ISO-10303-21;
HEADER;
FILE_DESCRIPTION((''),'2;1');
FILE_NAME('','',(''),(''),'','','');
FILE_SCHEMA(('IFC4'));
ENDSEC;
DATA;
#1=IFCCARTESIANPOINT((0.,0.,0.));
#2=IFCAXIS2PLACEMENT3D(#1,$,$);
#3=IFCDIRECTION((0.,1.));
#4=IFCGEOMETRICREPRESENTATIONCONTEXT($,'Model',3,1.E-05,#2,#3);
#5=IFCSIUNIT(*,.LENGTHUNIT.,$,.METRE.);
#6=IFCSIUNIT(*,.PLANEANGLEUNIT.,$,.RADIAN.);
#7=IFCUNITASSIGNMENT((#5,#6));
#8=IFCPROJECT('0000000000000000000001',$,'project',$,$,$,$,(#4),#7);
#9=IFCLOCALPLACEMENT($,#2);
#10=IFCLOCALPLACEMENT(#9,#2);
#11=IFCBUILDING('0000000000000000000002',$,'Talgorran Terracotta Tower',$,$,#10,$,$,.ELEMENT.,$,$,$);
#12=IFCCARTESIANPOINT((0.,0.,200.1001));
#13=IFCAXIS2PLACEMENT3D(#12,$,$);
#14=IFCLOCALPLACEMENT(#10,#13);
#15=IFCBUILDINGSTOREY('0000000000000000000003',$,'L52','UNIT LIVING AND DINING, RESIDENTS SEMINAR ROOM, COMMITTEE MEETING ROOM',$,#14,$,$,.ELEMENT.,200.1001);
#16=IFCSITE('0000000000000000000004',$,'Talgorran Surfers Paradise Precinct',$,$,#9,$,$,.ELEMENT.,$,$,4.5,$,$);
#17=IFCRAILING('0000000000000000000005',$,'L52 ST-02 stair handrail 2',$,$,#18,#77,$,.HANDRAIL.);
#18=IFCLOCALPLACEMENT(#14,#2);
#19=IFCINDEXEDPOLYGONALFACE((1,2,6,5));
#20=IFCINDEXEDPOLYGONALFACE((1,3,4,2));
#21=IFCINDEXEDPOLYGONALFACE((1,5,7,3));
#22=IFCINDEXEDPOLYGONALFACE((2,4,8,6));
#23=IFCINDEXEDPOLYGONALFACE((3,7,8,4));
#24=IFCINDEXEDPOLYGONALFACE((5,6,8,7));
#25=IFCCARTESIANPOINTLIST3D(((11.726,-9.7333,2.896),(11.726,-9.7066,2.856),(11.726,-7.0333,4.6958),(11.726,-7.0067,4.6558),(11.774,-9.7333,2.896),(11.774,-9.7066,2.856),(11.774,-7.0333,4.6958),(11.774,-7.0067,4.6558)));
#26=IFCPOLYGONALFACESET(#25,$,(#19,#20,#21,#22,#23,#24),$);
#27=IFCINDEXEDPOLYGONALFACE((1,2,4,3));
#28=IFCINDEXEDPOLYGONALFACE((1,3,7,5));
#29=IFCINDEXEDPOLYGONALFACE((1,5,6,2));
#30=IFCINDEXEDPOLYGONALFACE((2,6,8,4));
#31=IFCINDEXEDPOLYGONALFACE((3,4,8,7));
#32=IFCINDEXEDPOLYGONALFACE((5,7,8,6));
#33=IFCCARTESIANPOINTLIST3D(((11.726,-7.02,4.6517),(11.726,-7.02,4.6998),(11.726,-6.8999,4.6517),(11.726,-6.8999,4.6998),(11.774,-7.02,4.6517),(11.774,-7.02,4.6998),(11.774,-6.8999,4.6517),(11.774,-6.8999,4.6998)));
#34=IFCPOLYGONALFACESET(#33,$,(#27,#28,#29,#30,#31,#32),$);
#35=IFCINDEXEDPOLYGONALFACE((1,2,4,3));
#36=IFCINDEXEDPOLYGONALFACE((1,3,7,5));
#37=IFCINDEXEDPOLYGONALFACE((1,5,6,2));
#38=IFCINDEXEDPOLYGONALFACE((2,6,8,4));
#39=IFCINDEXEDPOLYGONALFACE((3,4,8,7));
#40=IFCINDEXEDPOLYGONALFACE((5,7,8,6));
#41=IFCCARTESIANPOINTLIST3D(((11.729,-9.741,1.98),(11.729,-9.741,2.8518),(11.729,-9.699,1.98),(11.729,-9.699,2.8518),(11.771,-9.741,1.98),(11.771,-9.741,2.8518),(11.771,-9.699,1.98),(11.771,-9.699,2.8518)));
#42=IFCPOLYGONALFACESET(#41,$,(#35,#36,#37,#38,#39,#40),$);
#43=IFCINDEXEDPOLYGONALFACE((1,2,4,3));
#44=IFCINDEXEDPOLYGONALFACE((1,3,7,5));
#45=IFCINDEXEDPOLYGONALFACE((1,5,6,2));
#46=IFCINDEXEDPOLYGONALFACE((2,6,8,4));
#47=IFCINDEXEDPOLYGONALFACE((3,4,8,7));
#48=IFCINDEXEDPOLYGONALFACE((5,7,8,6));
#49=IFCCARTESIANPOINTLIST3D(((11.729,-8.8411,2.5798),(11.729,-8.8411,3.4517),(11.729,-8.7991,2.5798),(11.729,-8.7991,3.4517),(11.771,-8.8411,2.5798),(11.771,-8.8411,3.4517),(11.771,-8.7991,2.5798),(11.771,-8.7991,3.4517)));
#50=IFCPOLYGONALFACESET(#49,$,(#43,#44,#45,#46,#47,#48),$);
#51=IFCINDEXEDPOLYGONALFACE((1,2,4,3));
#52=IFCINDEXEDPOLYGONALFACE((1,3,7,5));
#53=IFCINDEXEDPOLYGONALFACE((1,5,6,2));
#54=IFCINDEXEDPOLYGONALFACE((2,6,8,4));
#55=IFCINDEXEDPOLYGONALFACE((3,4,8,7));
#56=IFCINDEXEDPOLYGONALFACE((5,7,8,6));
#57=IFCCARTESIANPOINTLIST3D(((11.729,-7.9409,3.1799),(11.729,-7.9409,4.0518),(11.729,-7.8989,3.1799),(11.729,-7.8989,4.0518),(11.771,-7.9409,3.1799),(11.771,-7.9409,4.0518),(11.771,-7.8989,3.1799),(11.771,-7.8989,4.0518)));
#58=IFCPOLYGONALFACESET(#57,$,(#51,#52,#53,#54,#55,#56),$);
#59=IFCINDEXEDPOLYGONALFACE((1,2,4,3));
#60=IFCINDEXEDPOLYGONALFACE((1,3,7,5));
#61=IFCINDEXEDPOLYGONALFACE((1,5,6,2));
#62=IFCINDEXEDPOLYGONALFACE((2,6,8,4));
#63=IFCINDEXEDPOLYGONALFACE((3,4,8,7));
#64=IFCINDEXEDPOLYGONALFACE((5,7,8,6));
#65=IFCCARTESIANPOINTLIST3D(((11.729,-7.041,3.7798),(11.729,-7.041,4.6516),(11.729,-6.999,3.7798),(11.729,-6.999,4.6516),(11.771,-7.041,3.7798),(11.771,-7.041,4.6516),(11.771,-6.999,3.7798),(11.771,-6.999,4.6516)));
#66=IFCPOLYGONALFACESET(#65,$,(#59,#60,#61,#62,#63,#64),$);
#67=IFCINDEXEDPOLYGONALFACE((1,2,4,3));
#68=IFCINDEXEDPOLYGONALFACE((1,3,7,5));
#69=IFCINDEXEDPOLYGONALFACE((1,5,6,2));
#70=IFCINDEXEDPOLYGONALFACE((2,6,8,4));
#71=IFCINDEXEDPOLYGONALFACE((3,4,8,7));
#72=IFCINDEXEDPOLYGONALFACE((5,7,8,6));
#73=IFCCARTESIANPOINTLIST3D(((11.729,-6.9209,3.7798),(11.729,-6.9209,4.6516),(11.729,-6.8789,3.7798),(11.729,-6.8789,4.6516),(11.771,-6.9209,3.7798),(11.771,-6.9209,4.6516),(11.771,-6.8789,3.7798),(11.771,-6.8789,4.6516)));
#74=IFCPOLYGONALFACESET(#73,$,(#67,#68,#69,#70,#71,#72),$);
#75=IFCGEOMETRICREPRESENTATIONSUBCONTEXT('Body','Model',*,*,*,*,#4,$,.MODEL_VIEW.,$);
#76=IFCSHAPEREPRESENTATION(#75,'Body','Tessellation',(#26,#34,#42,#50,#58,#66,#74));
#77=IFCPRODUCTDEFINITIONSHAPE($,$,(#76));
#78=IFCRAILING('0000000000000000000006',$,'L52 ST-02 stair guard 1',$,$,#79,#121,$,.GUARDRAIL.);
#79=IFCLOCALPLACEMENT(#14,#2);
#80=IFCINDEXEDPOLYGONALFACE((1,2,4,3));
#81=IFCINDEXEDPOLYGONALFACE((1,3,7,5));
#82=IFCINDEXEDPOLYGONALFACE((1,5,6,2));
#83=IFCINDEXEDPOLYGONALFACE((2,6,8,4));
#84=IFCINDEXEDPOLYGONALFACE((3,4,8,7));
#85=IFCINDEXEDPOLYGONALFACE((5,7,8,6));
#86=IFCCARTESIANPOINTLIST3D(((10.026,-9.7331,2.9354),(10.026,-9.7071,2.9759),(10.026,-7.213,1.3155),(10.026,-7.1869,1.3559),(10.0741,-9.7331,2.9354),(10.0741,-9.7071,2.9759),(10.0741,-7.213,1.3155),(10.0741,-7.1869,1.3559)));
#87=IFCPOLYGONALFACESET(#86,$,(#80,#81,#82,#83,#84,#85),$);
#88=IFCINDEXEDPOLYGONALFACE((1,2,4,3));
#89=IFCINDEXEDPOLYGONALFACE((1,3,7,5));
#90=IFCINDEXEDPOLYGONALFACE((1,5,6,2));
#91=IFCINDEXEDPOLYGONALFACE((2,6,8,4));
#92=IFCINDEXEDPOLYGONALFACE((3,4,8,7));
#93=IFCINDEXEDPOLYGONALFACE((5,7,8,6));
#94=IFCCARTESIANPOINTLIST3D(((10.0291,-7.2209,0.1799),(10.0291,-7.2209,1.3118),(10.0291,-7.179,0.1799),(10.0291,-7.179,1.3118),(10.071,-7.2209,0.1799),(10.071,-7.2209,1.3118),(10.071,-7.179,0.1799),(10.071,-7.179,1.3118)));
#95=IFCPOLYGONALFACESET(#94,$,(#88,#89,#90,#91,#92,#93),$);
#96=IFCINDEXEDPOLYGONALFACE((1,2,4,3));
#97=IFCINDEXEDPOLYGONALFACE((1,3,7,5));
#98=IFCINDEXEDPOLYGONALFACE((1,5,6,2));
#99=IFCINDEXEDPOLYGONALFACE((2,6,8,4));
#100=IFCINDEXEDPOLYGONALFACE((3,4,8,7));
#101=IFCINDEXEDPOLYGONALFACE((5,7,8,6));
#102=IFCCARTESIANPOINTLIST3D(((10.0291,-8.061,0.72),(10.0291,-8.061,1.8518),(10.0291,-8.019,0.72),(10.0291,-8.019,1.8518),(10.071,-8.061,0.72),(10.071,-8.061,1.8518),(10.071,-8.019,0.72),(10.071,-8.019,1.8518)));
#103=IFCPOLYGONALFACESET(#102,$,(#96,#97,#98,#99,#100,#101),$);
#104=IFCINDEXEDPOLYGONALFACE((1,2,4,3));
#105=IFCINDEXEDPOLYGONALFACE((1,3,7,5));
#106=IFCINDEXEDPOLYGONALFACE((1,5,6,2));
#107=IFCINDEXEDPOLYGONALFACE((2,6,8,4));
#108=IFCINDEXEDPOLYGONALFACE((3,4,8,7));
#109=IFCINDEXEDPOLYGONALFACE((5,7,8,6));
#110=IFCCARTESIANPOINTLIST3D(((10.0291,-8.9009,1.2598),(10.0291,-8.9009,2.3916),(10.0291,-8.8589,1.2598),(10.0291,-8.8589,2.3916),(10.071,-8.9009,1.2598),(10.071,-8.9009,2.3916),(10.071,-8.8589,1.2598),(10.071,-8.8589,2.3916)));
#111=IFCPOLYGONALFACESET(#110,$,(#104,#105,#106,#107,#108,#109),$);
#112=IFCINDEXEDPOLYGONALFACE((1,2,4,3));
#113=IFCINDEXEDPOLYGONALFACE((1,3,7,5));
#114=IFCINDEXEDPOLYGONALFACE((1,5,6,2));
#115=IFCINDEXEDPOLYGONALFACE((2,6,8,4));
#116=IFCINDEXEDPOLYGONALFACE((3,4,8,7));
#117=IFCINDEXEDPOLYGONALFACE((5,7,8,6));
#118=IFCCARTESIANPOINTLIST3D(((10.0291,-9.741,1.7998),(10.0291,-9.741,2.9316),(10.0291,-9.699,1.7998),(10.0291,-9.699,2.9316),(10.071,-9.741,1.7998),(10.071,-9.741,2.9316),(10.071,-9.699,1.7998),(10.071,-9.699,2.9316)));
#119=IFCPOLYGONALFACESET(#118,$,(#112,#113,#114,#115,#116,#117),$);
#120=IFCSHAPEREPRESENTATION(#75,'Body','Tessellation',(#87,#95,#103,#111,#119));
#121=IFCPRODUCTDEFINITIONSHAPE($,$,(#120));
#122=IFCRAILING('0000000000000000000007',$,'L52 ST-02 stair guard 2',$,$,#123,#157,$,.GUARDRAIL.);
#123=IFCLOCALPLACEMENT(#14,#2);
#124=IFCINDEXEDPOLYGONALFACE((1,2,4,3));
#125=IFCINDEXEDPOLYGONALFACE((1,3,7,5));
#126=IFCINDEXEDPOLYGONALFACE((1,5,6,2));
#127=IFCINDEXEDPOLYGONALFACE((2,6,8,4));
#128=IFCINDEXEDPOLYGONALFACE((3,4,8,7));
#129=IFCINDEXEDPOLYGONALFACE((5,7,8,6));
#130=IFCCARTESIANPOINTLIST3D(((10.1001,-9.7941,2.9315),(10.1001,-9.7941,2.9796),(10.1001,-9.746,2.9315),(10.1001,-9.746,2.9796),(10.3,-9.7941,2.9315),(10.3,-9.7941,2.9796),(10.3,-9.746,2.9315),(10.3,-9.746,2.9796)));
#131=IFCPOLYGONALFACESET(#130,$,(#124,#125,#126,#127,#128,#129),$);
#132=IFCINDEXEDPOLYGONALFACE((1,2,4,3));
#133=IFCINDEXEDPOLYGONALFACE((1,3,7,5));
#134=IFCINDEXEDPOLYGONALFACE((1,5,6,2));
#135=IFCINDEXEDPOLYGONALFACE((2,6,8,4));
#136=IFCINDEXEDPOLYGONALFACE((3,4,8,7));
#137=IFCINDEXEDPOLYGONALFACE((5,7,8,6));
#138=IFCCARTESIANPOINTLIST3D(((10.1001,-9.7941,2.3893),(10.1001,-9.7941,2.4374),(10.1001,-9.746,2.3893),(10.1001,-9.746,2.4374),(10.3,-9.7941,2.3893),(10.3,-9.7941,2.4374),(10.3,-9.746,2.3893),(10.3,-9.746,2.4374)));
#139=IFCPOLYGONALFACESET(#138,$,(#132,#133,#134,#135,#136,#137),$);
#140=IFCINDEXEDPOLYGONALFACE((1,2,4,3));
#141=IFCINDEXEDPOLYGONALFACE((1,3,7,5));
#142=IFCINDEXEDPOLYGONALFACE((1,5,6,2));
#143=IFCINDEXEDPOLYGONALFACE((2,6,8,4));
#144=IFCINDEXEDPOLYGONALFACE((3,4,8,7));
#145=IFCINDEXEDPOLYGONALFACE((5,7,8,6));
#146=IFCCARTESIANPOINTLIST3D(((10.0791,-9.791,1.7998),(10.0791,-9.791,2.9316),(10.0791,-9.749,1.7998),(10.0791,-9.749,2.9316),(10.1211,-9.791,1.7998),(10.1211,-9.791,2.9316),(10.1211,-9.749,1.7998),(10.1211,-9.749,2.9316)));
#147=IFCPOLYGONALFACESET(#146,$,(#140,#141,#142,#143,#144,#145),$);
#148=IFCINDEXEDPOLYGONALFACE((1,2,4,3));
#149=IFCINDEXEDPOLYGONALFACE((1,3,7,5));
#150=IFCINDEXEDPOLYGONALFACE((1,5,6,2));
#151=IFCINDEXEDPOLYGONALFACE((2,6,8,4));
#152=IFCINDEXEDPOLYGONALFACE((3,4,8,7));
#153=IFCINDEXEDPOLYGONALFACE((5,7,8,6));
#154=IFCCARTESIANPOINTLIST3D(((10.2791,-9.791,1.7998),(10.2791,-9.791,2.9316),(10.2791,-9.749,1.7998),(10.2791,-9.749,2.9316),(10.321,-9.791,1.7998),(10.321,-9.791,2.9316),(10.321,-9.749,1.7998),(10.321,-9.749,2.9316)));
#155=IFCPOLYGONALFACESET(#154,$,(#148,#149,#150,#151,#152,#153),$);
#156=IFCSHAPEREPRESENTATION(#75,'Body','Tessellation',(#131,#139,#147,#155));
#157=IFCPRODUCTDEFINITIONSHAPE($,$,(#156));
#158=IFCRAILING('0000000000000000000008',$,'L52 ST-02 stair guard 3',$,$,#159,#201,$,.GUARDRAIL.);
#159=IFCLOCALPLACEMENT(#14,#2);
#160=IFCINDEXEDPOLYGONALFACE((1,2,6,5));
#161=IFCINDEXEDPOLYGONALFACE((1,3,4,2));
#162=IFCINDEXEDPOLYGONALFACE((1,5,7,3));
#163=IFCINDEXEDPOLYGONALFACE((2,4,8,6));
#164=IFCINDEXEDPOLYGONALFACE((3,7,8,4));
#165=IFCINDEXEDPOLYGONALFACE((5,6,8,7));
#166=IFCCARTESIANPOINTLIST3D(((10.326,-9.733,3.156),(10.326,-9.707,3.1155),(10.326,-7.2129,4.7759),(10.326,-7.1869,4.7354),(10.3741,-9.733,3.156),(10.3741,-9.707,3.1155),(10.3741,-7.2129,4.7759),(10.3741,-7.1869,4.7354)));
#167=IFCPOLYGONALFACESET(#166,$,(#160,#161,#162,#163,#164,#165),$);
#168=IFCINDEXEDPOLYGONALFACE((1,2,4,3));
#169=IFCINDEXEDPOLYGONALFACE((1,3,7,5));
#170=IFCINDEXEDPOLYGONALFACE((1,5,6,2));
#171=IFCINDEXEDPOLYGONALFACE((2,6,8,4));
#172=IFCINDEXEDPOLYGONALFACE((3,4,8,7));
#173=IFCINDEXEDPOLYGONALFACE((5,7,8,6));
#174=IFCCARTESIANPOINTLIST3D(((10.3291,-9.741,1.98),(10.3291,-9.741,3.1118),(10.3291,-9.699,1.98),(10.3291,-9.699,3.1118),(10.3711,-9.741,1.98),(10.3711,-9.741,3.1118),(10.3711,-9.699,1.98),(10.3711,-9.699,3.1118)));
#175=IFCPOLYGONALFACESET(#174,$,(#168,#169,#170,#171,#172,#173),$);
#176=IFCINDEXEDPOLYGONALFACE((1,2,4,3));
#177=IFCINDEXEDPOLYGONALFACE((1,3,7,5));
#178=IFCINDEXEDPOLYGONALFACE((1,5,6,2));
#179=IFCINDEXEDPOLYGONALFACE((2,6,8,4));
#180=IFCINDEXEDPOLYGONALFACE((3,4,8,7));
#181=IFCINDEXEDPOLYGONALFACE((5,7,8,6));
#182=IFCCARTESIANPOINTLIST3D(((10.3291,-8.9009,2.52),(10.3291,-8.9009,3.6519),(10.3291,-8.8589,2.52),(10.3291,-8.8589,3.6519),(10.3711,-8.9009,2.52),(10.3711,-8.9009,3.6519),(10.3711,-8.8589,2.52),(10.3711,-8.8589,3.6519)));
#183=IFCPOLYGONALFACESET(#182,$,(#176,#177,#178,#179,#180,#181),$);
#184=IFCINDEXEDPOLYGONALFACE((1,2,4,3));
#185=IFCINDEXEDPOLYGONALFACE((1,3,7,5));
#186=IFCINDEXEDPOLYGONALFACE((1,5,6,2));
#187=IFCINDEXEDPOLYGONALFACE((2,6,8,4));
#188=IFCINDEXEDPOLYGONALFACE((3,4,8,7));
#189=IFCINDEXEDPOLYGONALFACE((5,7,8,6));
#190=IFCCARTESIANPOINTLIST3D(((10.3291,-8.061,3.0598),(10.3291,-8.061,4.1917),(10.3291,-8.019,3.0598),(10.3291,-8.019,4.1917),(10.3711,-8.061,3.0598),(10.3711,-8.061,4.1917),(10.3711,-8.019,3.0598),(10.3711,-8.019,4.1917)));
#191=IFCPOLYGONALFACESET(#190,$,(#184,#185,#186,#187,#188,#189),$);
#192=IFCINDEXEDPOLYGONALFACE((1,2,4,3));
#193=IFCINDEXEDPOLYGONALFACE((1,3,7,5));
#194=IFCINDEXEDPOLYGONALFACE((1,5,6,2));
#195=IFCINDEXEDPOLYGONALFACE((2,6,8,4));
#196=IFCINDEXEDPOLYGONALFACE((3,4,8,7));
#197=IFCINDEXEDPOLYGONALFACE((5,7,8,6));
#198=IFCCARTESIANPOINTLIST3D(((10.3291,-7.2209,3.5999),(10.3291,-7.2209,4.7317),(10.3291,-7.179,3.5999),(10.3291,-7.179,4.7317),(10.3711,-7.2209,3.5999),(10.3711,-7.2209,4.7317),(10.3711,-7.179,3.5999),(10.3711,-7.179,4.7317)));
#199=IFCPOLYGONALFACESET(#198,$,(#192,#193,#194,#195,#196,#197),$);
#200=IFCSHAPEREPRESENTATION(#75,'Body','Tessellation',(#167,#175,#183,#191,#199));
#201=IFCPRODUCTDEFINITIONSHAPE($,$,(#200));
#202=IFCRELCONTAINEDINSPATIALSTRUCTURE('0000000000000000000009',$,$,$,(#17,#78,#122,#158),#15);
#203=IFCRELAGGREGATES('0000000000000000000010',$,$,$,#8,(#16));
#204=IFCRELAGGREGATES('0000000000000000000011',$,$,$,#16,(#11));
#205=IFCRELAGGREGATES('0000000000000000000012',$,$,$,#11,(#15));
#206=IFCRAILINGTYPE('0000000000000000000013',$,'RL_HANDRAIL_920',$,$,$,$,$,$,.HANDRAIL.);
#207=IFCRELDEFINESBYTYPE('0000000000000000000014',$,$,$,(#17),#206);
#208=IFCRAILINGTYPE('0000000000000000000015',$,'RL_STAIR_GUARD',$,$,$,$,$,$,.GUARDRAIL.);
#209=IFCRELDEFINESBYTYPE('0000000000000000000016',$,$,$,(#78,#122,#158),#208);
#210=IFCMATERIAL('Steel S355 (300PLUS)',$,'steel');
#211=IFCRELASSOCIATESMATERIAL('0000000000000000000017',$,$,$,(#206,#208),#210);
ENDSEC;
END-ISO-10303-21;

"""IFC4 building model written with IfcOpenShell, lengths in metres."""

from ifc_helpers import new_model, si_unit, direction, frame, origin, origin_2d, place, context, subcontext, project, spatial, rectangle, extrude, material, type_object, element, save


model = new_model("IFC4")

# Units and contexts
model_context = context("Model", 3, precision=1e-05, world=origin(), true_north=direction((0.0, 1.0)))
body_context = subcontext(model_context, "Body", "Model", "MODEL_VIEW")
ifc_project = project(units=[si_unit("LENGTHUNIT", "METRE"), si_unit("PLANEANGLEUNIT", "RADIAN")], contexts=[model_context])

# Site, building, storey
site_placement = place(None, origin())
site = spatial("IfcSite", under=ifc_project, at=site_placement, Name="Talgorran Surfers Paradise Precinct", CompositionType="ELEMENT", RefElevation=4.5)
building_placement = place(site_placement, origin())
building = spatial("IfcBuilding", under=site, at=building_placement, Name="Talgorran Terracotta Tower", CompositionType="ELEMENT")
storey_placement = place(building_placement, frame((0.0, 0.0, 200.1001)))
storey = spatial("IfcBuildingStorey", under=building, at=storey_placement, Name="L52", Description="UNIT LIVING AND DINING, RESIDENTS SEMINAR ROOM, COMMITTEE MEETING ROOM", CompositionType="ELEMENT", Elevation=200.1001)

# Shared definitions
ifc_material_1 = material(Name="Steel S355 (300PLUS)", Category="steel")

# Railings
railing_type_1 = type_object("IfcRailingType", Name="RL_HANDRAIL_920", PredefinedType="HANDRAIL", material=ifc_material_1)
railing_1_placement = place(storey_placement, frame((11.75, -9.72, 1.98)))
element("IfcRailing", 1, at=railing_1_placement, inside=storey, type_object=railing_type_1, Name="L52 ST-02 stair handrail 2", PredefinedType="HANDRAIL", context=body_context, shape_type="SweptSolid", body=[
    extrude(rectangle(XDim=0.0481, YDim=0.0481, at=origin_2d()), frame((0.0, 0.0, 0.896), z_axis=(0.0, 0.832073, 0.554665), x_axis=(-1.0, 0.0, 0.0)), (0.0, 0.0, 1.0), 3.2449),
    extrude(rectangle(XDim=0.0481, YDim=0.0481, at=origin_2d()), frame((0.0, 2.7, 2.6958), z_axis=(0.0, 1.0, 0.0), x_axis=(-1.0, 0.0, 0.0)), (0.0, 0.0, 1.0), 0.1201),
    extrude(rectangle(XDim=0.042, YDim=0.042, at=origin_2d()), origin(), (0.0, 0.0, 1.0), 0.8718),
    extrude(rectangle(XDim=0.042, YDim=0.042, at=origin_2d()), frame((0.0, 0.8999, 0.5999)), (0.0, 0.0, 1.0), 0.8718),
    extrude(rectangle(XDim=0.042, YDim=0.042, at=origin_2d()), frame((0.0, 1.8, 1.2)), (0.0, 0.0, 1.0), 0.8718),
    extrude(rectangle(XDim=0.042, YDim=0.042, at=origin_2d()), frame((0.0, 2.7, 1.7998)), (0.0, 0.0, 1.0), 0.8718),
    extrude(rectangle(XDim=0.042, YDim=0.042, at=origin_2d()), frame((0.0, 2.8201, 1.7998)), (0.0, 0.0, 1.0), 0.8718),
])
railing_type_2 = type_object("IfcRailingType", Name="RL_STAIR_GUARD", PredefinedType="GUARDRAIL", material=ifc_material_1)
railing_2_placement = place(storey_placement, frame((10.05, -7.2, 0.1799)))
element("IfcRailing", 2, at=railing_2_placement, inside=storey, type_object=railing_type_2, Name="L52 ST-02 stair guard 1", PredefinedType="GUARDRAIL", context=body_context, shape_type="SweptSolid", body=[
    extrude(rectangle(XDim=0.0481, YDim=0.0481, at=origin_2d()), frame((0.0, 0.0, 1.1558), z_axis=(0.0, -0.8412, 0.540725), x_axis=(1.0, 0.0, 0.0)), (0.0, 0.0, 1.0), 2.9958),
    extrude(rectangle(XDim=0.042, YDim=0.042, at=origin_2d()), origin(), (0.0, 0.0, 1.0), 1.1318),
    extrude(rectangle(XDim=0.042, YDim=0.042, at=origin_2d()), frame((0.0, -0.8401, 0.54)), (0.0, 0.0, 1.0), 1.1318),
    extrude(rectangle(XDim=0.042, YDim=0.042, at=origin_2d()), frame((0.0, -1.6799, 1.0798)), (0.0, 0.0, 1.0), 1.1318),
    extrude(rectangle(XDim=0.042, YDim=0.042, at=origin_2d()), frame((0.0, -2.52, 1.6199)), (0.0, 0.0, 1.0), 1.1318),
])
railing_3_placement = place(storey_placement, frame((10.1001, -9.77, 1.7998)))
element("IfcRailing", 3, at=railing_3_placement, inside=storey, type_object=railing_type_2, Name="L52 ST-02 stair guard 2", PredefinedType="GUARDRAIL", context=body_context, shape_type="SweptSolid", body=[
    extrude(rectangle(XDim=0.0481, YDim=0.0481, at=origin_2d()), frame((0.0, 0.0, 1.1558), z_axis=(1.0, 0.0, 0.0), x_axis=(0.0, 1.0, 0.0)), (0.0, 0.0, 1.0), 0.2),
    extrude(rectangle(XDim=0.0481, YDim=0.0481, at=origin_2d()), frame((0.0, 0.0, 0.6135), z_axis=(1.0, 0.0, 0.0), x_axis=(0.0, 1.0, 0.0)), (0.0, 0.0, 1.0), 0.2),
    extrude(rectangle(XDim=0.042, YDim=0.042, at=origin_2d()), origin(), (0.0, 0.0, 1.0), 1.1318),
    extrude(rectangle(XDim=0.042, YDim=0.042, at=origin_2d()), frame((0.2, 0.0, 0.0)), (0.0, 0.0, 1.0), 1.1318),
])
railing_4_placement = place(storey_placement, frame((10.3501, -9.72, 1.98)))
element("IfcRailing", 4, at=railing_4_placement, inside=storey, type_object=railing_type_2, Name="L52 ST-02 stair guard 3", PredefinedType="GUARDRAIL", context=body_context, shape_type="SweptSolid", body=[
    extrude(rectangle(XDim=0.0481, YDim=0.0481, at=origin_2d()), frame((0.0, 0.0, 1.1558), z_axis=(0.0, 0.8412, 0.540725), x_axis=(-1.0, 0.0, 0.0)), (0.0, 0.0, 1.0), 2.9958),
    extrude(rectangle(XDim=0.042, YDim=0.042, at=origin_2d()), origin(), (0.0, 0.0, 1.0), 1.1318),
    extrude(rectangle(XDim=0.042, YDim=0.042, at=origin_2d()), frame((0.0, 0.8401, 0.54)), (0.0, 0.0, 1.0), 1.1318),
    extrude(rectangle(XDim=0.042, YDim=0.042, at=origin_2d()), frame((0.0, 1.6799, 1.0798)), (0.0, 0.0, 1.0), 1.1318),
    extrude(rectangle(XDim=0.042, YDim=0.042, at=origin_2d()), frame((0.0, 2.52, 1.6199)), (0.0, 0.0, 1.0), 1.1318),
])

save(model, "model.ifc")
